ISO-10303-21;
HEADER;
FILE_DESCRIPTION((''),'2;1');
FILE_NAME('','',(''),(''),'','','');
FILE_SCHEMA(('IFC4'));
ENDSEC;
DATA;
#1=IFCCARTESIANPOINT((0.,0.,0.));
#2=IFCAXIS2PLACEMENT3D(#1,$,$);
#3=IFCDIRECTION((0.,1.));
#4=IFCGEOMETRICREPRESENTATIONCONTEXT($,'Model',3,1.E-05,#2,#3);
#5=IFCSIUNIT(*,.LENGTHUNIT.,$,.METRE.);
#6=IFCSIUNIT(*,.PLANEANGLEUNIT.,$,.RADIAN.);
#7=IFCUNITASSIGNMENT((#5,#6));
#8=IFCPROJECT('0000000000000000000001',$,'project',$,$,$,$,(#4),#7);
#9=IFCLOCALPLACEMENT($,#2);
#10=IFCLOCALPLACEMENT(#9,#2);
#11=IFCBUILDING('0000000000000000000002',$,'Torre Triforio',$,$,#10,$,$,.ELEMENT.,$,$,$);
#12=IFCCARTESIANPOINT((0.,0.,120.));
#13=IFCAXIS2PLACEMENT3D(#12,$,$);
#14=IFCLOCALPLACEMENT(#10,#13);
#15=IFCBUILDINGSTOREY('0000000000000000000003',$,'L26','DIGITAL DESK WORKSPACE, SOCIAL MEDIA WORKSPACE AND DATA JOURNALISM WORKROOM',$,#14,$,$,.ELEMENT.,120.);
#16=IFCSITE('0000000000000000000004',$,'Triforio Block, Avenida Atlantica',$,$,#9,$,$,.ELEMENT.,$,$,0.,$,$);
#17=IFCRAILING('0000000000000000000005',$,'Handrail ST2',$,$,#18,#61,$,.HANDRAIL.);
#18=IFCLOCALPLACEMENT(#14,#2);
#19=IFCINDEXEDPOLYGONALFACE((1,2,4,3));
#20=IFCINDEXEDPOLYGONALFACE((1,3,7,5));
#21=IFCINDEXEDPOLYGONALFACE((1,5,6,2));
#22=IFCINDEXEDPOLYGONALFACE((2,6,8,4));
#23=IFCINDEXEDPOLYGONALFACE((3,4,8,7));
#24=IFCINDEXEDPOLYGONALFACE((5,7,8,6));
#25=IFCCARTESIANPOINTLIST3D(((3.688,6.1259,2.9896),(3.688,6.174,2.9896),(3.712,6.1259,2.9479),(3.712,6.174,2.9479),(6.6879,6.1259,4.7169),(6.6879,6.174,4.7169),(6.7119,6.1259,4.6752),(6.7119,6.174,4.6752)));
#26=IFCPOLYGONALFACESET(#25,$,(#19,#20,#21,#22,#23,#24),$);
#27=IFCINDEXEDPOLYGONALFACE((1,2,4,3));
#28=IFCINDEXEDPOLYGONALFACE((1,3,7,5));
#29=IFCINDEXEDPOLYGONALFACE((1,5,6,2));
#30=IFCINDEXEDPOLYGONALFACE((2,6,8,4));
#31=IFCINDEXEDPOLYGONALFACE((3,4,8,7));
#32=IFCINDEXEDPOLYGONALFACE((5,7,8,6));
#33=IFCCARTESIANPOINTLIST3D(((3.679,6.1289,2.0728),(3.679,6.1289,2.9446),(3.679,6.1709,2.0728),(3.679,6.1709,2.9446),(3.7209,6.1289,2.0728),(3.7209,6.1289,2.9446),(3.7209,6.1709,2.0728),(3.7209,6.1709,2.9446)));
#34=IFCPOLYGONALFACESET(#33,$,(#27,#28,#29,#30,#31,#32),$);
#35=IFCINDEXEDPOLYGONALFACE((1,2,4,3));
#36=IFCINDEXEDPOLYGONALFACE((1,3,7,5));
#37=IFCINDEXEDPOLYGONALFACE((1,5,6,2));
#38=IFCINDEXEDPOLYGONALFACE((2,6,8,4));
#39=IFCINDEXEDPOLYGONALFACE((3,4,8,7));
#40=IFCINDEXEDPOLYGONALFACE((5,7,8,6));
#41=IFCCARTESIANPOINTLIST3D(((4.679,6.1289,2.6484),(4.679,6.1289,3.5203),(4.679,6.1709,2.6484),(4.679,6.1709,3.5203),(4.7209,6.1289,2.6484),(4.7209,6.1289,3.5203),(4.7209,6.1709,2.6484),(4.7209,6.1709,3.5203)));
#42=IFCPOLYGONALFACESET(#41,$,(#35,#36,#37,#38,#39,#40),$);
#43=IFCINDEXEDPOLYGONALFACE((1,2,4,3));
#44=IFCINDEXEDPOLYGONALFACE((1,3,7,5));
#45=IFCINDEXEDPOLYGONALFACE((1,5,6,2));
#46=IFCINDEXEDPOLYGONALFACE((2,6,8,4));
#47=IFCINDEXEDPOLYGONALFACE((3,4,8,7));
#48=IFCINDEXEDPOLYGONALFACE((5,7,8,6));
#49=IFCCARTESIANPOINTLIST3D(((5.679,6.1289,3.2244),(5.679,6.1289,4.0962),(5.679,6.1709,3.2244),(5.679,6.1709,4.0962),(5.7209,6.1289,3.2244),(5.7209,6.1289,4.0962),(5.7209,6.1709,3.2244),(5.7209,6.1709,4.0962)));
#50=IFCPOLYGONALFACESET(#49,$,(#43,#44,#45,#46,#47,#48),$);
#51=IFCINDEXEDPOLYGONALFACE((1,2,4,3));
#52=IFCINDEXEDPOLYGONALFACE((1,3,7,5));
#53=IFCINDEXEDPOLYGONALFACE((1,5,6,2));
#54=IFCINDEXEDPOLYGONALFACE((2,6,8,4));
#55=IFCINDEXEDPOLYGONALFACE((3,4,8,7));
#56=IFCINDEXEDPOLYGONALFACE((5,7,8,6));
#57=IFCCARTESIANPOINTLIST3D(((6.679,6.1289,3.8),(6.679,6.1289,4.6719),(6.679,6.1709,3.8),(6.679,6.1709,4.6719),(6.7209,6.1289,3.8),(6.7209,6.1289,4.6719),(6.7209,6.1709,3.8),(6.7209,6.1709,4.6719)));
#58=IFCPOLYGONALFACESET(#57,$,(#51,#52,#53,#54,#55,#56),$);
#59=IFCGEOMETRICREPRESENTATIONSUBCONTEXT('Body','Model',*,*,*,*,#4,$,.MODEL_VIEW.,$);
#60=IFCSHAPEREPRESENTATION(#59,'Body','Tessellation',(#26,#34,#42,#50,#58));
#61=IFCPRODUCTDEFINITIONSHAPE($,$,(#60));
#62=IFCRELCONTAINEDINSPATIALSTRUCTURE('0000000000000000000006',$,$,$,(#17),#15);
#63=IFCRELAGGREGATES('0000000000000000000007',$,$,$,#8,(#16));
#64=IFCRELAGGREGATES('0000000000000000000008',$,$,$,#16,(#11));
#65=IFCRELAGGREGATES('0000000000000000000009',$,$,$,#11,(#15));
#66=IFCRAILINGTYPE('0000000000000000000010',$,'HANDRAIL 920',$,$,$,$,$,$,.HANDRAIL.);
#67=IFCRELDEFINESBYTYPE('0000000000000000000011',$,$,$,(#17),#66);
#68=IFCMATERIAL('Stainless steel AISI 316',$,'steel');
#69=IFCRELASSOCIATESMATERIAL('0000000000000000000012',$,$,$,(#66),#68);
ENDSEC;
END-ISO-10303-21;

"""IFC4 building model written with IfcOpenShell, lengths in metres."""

from ifc_helpers import new_model, si_unit, direction, frame, origin, origin_2d, place, context, subcontext, project, spatial, rectangle, extrude, material, type_object, element, save


model = new_model("IFC4")

# Units and contexts
model_context = context("Model", 3, precision=1e-05, world=origin(), true_north=direction((0.0, 1.0)))
body_context = subcontext(model_context, "Body", "Model", "MODEL_VIEW")
ifc_project = project(units=[si_unit("LENGTHUNIT", "METRE"), si_unit("PLANEANGLEUNIT", "RADIAN")], contexts=[model_context])

# Site, building, storey
site_placement = place(None, origin())
site = spatial("IfcSite", under=ifc_project, at=site_placement, Name="Triforio Block, Avenida Atlantica", CompositionType="ELEMENT", RefElevation=0.0)
building_placement = place(site_placement, origin())
building = spatial("IfcBuilding", under=site, at=building_placement, Name="Torre Triforio", CompositionType="ELEMENT")
storey_placement = place(building_placement, frame((0.0, 0.0, 120.0)))
storey = spatial("IfcBuildingStorey", under=building, at=storey_placement, Name="L26", Description="DIGITAL DESK WORKSPACE, SOCIAL MEDIA WORKSPACE AND DATA JOURNALISM WORKROOM", CompositionType="ELEMENT", Elevation=120.0)

# Railing
ifc_material_1 = material(Name="Stainless steel AISI 316", Category="steel")
railing_type = type_object("IfcRailingType", Name="HANDRAIL 920", PredefinedType="HANDRAIL", material=ifc_material_1)
railing_placement = place(storey_placement, frame((3.7, 6.1499, 2.0728)))
element("IfcRailing", 1, at=railing_placement, inside=storey, type_object=railing_type, Name="Handrail ST2", PredefinedType="HANDRAIL", context=body_context, shape_type="SweptSolid", body=[
    extrude(rectangle(XDim=0.0481, YDim=0.0481, at=origin_2d()), frame((0.0, 0.0, 0.896), z_axis=(0.86662, 0.0, 0.498969), x_axis=(0.0, 1.0, 0.0)), (0.0, 0.0, 1.0), 3.4617),
    extrude(rectangle(XDim=0.042, YDim=0.042, at=origin_2d()), origin(), (0.0, 0.0, 1.0), 0.8718),
    extrude(rectangle(XDim=0.042, YDim=0.042, at=origin_2d()), frame((1.0, 0.0, 0.5757)), (0.0, 0.0, 1.0), 0.8718),
    extrude(rectangle(XDim=0.042, YDim=0.042, at=origin_2d()), frame((2.0, 0.0, 1.1516)), (0.0, 0.0, 1.0), 0.8718),
    extrude(rectangle(XDim=0.042, YDim=0.042, at=origin_2d()), frame((3.0, 0.0, 1.7273)), (0.0, 0.0, 1.0), 0.8718),
])

save(model, "model.ifc")
